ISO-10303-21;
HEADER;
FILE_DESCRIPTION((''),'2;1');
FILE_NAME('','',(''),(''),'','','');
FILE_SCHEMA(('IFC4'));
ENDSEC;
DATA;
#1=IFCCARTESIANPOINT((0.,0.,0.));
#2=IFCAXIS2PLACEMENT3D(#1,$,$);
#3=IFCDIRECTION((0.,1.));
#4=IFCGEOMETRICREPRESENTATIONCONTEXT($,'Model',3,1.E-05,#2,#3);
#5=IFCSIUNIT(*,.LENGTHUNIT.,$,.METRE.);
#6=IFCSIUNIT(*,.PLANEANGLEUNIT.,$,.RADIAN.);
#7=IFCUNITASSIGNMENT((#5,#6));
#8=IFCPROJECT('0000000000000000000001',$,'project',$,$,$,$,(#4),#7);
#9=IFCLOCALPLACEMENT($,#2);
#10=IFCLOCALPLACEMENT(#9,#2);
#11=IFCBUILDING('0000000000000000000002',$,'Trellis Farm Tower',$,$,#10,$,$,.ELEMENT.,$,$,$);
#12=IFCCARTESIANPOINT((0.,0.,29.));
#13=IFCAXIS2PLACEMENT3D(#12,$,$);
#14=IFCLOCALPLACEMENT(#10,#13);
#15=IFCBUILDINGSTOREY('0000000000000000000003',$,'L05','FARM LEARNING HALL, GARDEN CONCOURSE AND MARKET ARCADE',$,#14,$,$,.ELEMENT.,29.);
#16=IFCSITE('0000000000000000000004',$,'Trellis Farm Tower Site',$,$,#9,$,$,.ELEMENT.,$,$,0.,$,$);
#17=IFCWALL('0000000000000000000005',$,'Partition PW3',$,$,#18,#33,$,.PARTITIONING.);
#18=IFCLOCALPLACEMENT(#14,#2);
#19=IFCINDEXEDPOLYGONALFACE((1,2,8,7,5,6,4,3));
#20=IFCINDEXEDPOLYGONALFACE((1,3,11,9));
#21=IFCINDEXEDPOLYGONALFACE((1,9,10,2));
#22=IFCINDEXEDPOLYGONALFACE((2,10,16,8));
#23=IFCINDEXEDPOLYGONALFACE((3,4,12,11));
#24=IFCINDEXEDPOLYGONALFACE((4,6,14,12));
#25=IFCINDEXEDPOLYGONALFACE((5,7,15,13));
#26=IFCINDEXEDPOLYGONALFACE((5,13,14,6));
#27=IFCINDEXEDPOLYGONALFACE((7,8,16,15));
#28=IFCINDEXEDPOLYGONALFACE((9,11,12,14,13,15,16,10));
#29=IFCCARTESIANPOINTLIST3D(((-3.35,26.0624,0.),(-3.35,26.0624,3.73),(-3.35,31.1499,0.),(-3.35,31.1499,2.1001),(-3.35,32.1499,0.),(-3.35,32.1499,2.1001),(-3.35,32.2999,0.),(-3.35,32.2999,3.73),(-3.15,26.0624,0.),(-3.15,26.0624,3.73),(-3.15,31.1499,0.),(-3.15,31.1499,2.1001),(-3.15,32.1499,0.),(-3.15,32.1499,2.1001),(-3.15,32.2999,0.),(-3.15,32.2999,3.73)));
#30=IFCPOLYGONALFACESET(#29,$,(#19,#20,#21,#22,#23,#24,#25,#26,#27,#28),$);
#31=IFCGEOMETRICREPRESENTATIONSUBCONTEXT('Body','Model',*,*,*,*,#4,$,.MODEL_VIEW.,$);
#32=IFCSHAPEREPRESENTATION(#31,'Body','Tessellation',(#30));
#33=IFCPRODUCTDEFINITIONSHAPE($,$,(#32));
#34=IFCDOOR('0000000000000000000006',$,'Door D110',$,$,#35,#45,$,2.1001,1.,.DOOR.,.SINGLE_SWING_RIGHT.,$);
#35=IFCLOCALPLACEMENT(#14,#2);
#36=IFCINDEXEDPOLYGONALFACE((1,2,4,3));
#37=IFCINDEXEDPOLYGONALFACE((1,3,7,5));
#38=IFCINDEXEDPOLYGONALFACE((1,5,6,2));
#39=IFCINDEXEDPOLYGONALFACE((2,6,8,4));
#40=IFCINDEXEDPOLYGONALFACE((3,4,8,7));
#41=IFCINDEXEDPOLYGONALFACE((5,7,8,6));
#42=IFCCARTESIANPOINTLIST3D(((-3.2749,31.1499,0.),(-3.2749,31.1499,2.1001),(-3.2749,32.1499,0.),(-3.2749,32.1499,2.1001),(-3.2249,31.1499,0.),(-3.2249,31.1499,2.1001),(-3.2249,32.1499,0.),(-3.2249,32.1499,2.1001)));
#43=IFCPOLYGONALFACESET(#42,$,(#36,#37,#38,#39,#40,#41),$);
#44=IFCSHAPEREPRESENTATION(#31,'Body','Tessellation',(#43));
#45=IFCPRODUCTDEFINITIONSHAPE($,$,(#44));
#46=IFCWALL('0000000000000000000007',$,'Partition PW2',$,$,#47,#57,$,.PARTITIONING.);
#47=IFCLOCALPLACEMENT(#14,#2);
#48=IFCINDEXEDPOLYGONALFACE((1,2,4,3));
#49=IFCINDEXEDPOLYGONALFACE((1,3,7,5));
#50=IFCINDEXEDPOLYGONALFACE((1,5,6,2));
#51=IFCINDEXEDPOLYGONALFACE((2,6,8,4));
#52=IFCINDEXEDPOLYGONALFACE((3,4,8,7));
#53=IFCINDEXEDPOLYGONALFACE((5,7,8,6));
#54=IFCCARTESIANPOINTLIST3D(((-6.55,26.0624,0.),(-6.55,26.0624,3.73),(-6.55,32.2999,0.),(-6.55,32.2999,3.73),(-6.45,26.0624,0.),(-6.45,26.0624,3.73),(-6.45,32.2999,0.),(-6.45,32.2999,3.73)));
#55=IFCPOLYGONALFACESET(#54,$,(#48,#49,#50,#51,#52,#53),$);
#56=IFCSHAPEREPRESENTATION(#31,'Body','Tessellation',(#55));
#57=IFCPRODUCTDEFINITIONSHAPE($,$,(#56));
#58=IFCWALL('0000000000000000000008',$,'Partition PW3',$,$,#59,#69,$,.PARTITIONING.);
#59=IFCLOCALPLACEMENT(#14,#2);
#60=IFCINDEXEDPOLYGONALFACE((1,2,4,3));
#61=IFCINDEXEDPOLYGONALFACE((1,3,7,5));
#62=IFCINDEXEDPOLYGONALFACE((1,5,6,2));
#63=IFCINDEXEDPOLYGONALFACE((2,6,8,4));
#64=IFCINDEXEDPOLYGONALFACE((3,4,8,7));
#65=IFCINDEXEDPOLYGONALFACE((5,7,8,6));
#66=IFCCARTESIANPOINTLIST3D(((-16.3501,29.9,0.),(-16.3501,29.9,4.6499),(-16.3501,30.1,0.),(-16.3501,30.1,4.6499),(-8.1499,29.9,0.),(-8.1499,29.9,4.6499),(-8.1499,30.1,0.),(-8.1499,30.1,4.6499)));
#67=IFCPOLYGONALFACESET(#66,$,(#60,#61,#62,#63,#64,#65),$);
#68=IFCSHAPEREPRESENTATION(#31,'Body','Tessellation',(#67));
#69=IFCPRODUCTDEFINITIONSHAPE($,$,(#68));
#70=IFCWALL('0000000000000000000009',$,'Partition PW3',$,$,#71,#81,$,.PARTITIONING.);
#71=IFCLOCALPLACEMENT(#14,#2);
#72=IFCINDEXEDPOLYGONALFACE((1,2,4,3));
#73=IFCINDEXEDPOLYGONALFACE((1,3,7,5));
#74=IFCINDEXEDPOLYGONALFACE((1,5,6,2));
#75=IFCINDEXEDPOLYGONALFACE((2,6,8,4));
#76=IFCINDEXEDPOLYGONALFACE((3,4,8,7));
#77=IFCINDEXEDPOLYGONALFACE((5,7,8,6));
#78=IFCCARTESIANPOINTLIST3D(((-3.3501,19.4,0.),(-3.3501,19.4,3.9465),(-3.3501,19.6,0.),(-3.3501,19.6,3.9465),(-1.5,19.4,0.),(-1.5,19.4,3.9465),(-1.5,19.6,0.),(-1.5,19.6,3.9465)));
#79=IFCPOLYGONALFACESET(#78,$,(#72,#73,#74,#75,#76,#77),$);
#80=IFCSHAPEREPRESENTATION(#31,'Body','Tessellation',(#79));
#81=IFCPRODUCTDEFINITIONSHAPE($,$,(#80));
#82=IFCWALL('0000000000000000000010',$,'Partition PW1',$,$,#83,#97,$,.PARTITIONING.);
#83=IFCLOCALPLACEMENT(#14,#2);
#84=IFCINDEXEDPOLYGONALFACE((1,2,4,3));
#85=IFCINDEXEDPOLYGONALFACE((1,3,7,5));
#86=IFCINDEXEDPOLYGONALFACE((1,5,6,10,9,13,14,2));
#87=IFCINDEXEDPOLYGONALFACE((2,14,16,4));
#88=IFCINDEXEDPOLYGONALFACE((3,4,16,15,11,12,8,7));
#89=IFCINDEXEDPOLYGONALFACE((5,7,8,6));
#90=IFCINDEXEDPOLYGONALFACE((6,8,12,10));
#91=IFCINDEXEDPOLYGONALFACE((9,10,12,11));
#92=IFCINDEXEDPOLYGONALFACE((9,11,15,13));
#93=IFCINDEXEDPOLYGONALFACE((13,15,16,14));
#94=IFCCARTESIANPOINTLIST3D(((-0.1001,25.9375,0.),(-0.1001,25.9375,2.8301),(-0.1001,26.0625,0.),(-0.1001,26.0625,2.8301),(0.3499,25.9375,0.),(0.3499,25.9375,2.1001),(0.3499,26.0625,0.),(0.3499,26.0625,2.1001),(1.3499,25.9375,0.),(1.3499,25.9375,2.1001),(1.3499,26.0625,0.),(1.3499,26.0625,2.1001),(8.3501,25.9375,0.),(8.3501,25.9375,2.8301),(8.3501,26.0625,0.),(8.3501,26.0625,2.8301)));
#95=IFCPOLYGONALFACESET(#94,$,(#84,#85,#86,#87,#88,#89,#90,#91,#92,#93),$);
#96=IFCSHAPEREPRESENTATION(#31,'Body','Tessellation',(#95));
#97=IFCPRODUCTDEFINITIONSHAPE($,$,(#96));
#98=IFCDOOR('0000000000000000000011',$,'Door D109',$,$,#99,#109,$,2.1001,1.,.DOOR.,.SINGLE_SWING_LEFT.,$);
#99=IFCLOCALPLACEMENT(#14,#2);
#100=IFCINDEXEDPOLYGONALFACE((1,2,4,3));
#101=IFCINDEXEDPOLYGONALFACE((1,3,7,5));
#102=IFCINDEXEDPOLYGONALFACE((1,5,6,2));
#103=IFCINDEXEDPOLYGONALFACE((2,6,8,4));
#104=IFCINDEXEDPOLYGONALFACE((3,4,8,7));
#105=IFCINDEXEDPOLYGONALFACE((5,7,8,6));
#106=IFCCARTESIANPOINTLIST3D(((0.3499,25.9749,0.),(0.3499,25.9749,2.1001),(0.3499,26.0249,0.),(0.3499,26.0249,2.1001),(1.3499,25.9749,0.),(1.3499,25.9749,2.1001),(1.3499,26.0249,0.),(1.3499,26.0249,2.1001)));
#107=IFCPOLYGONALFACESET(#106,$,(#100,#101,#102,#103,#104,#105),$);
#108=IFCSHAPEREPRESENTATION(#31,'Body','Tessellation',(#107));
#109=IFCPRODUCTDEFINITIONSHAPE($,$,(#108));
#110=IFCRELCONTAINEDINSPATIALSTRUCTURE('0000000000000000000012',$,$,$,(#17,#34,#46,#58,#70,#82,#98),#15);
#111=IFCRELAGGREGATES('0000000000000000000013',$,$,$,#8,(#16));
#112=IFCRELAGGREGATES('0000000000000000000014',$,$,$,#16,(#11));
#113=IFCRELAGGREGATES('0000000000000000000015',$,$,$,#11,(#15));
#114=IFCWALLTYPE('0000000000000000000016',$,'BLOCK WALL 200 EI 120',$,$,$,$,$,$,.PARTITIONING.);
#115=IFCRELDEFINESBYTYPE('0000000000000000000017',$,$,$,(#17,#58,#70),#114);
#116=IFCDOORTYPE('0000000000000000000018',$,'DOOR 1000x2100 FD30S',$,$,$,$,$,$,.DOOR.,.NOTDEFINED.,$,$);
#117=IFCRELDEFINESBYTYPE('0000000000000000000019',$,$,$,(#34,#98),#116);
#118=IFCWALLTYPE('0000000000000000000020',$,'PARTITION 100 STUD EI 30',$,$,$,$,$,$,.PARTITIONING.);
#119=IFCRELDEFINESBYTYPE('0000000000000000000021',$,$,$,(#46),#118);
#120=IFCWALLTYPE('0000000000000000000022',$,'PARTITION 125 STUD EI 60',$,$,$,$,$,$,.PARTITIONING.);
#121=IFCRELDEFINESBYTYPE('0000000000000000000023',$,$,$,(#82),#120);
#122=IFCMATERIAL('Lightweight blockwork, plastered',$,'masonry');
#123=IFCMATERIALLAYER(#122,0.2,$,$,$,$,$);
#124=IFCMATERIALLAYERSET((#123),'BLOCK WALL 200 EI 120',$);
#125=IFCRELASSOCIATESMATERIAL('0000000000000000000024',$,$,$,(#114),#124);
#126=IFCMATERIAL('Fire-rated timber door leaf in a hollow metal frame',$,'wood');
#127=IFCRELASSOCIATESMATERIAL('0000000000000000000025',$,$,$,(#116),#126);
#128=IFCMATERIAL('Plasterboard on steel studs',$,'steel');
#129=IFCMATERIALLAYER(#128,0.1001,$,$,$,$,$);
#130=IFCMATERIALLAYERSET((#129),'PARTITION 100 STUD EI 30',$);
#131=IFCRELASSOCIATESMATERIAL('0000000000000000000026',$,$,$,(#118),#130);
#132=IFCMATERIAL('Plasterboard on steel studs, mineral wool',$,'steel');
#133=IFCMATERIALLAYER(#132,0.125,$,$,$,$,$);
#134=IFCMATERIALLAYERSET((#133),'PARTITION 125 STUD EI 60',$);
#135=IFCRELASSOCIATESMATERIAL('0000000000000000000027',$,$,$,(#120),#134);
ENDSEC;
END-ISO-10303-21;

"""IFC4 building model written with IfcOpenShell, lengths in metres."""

from ifc_helpers import new_model, si_unit, direction, frame, frame_2d, origin, place, context, subcontext, project, spatial, rectangle, extrude, source, transform, mapped, material, layer, layer_set, type_object, element, fill, save


model = new_model("IFC4")

# Units and contexts
model_context = context("Model", 3, precision=1e-05, world=origin(), true_north=direction((0.0, 1.0)))
body_context = subcontext(model_context, "Body", "Model", "MODEL_VIEW")
ifc_project = project(units=[si_unit("LENGTHUNIT", "METRE"), si_unit("PLANEANGLEUNIT", "RADIAN")], contexts=[model_context])

# Site, building, storey
site_placement = place(None, origin())
site = spatial("IfcSite", under=ifc_project, at=site_placement, Name="Trellis Farm Tower Site", CompositionType="ELEMENT", RefElevation=0.0)
building_placement = place(site_placement, origin())
building = spatial("IfcBuilding", under=site, at=building_placement, Name="Trellis Farm Tower", CompositionType="ELEMENT")
storey_placement = place(building_placement, frame((0.0, 0.0, 29.0)))
storey = spatial("IfcBuildingStorey", under=building, at=storey_placement, Name="L05", Description="FARM LEARNING HALL, GARDEN CONCOURSE AND MARKET ARCADE", CompositionType="ELEMENT", Elevation=29.0)

# Shared definitions
ifc_material_1 = material(Name="Lightweight blockwork, plastered", Category="masonry")
ifc_layer_1 = layer(ifc_material_1, 0.2)
ifc_layer_set_1 = layer_set([ifc_layer_1], Name="BLOCK WALL 200 EI 120")
wall_type_1 = type_object("IfcWallType", Name="BLOCK WALL 200 EI 120", PredefinedType="PARTITIONING", material=ifc_layer_set_1)
ifc_material_2 = material(Name="Fire-rated timber door leaf in a hollow metal frame", Category="wood")

# Wall, opening, door
shared_shape_1 = source(origin(), body_context, "Body", "SweptSolid", [
    extrude(rectangle(XDim=6.2375, YDim=0.2, at=frame_2d((3.1187, 0.0))), origin(), (0.0, 0.0, 1.0), 3.73),
])
wall_1_placement = place(storey_placement, frame((-3.25, 26.0625, 0.0), z_axis=(0.0, 0.0, 1.0), x_axis=(0.0, 1.0, 0.0)))
wall_1 = element("IfcWall", 1, at=wall_1_placement, inside=storey, type_object=wall_type_1, Name="Partition PW3", PredefinedType="PARTITIONING", context=body_context, shape_type="MappedRepresentation", body=[
    mapped(shared_shape_1, transform((0.0, 0.0, 0.0))),
])
shared_shape_2 = source(origin(), body_context, "Body", "SweptSolid", [
    extrude(rectangle(XDim=1.0, YDim=2.1001, at=frame_2d((0.5, 1.05))), frame((0.0, 0.1101, 0.0), z_axis=(0.0, -1.0, 0.0), x_axis=(1.0, 0.0, 0.0)), (0.0, 0.0, 1.0), 0.2202),
])
opening_1_placement = place(wall_1_placement, frame((5.0874, 0.0, 0.0)))
opening_1 = element("IfcOpeningElement", 2, at=opening_1_placement, cuts=wall_1, PredefinedType="OPENING", context=body_context, shape_type="MappedRepresentation", body=[
    mapped(shared_shape_2, transform((0.0, 0.0, 0.0))),
])
door_type_1 = type_object("IfcDoorType", Name="DOOR 1000x2100 FD30S", OperationType="NOTDEFINED", PredefinedType="DOOR", material=ifc_material_2)
shared_shape_3 = source(origin(), body_context, "Body", "SweptSolid", [
    extrude(rectangle(XDim=1.0, YDim=2.1001, at=frame_2d((0.5, 1.05))), frame((0.0, 0.0249, 0.0), z_axis=(0.0, -1.0, 0.0), x_axis=(1.0, 0.0, 0.0)), (0.0, 0.0, 1.0), 0.05),
])
door_1_placement = place(opening_1_placement, origin())
door_1 = element("IfcDoor", 3, at=door_1_placement, inside=storey, type_object=door_type_1, Name="Door D110", OperationType="SINGLE_SWING_RIGHT", OverallHeight=2.1001, OverallWidth=1.0, PredefinedType="DOOR", context=body_context, shape_type="MappedRepresentation", body=[
    mapped(shared_shape_3, transform((0.0, 0.0, 0.0))),
])
fill(opening_1, door_1)

# Walls
ifc_material_3 = material(Name="Plasterboard on steel studs", Category="steel")
ifc_layer_2 = layer(ifc_material_3, 0.1001)
ifc_layer_set_2 = layer_set([ifc_layer_2], Name="PARTITION 100 STUD EI 30")
wall_type_2 = type_object("IfcWallType", Name="PARTITION 100 STUD EI 30", PredefinedType="PARTITIONING", material=ifc_layer_set_2)
shared_shape_4 = source(origin(), body_context, "Body", "SweptSolid", [
    extrude(rectangle(XDim=6.2375, YDim=0.1001, at=frame_2d((3.1187, 0.0))), origin(), (0.0, 0.0, 1.0), 3.73),
])
wall_2_placement = place(storey_placement, frame((-6.5, 26.0625, 0.0), z_axis=(0.0, 0.0, 1.0), x_axis=(0.0, 1.0, 0.0)))
element("IfcWall", 4, at=wall_2_placement, inside=storey, type_object=wall_type_2, Name="Partition PW2", PredefinedType="PARTITIONING", context=body_context, shape_type="MappedRepresentation", body=[
    mapped(shared_shape_4, transform((0.0, 0.0, 0.0))),
])
shared_shape_5 = source(origin(), body_context, "Body", "SweptSolid", [
    extrude(rectangle(XDim=8.2002, YDim=0.2, at=frame_2d((4.1001, 0.0))), origin(), (0.0, 0.0, 1.0), 4.6499),
])
wall_3_placement = place(storey_placement, frame((-8.1499, 30.0, 0.0), z_axis=(0.0, 0.0, 1.0), x_axis=(-1.0, 0.0, 0.0)))
element("IfcWall", 5, at=wall_3_placement, inside=storey, type_object=wall_type_1, Name="Partition PW3", PredefinedType="PARTITIONING", context=body_context, shape_type="MappedRepresentation", body=[
    mapped(shared_shape_5, transform((0.0, 0.0, 0.0))),
])
shared_shape_6 = source(origin(), body_context, "Body", "SweptSolid", [
    extrude(rectangle(XDim=1.8501, YDim=0.2, at=frame_2d((0.925, 0.0))), origin(), (0.0, 0.0, 1.0), 3.9465),
])
wall_4_placement = place(storey_placement, frame((-1.5, 19.5, 0.0), z_axis=(0.0, 0.0, 1.0), x_axis=(-1.0, 0.0, 0.0)))
element("IfcWall", 6, at=wall_4_placement, inside=storey, type_object=wall_type_1, Name="Partition PW3", PredefinedType="PARTITIONING", context=body_context, shape_type="MappedRepresentation", body=[
    mapped(shared_shape_6, transform((0.0, 0.0, 0.0))),
])

# Wall, opening, door
ifc_material_4 = material(Name="Plasterboard on steel studs, mineral wool", Category="steel")
ifc_layer_3 = layer(ifc_material_4, 0.125)
ifc_layer_set_3 = layer_set([ifc_layer_3], Name="PARTITION 125 STUD EI 60")
wall_type_3 = type_object("IfcWallType", Name="PARTITION 125 STUD EI 60", PredefinedType="PARTITIONING", material=ifc_layer_set_3)
shared_shape_7 = source(origin(), body_context, "Body", "SweptSolid", [
    extrude(rectangle(XDim=8.4502, YDim=0.125, at=frame_2d((4.2251, 0.0))), origin(), (0.0, 0.0, 1.0), 2.8301),
])
wall_5_placement = place(storey_placement, frame((-0.1001, 26.0, 0.0), z_axis=(0.0, 0.0, 1.0), x_axis=(1.0, 0.0, 0.0)))
wall_5 = element("IfcWall", 7, at=wall_5_placement, inside=storey, type_object=wall_type_3, Name="Partition PW1", PredefinedType="PARTITIONING", context=body_context, shape_type="MappedRepresentation", body=[
    mapped(shared_shape_7, transform((0.0, 0.0, 0.0))),
])
shared_shape_8 = source(origin(), body_context, "Body", "SweptSolid", [
    extrude(rectangle(XDim=1.0, YDim=2.1001, at=frame_2d((0.5, 1.05))), frame((0.0, 0.0725, 0.0), z_axis=(0.0, -1.0, 0.0), x_axis=(1.0, 0.0, 0.0)), (0.0, 0.0, 1.0), 0.145),
])
opening_2_placement = place(wall_5_placement, frame((0.45, 0.0, 0.0)))
opening_2 = element("IfcOpeningElement", 8, at=opening_2_placement, cuts=wall_5, PredefinedType="OPENING", context=body_context, shape_type="MappedRepresentation", body=[
    mapped(shared_shape_8, transform((0.0, 0.0, 0.0))),
])
door_2_placement = place(opening_2_placement, origin())
door_2 = element("IfcDoor", 9, at=door_2_placement, inside=storey, type_object=door_type_1, Name="Door D109", OperationType="SINGLE_SWING_LEFT", OverallHeight=2.1001, OverallWidth=1.0, PredefinedType="DOOR", context=body_context, shape_type="MappedRepresentation", body=[
    mapped(shared_shape_3, transform((0.0, 0.0, 0.0))),
])
fill(opening_2, door_2)

save(model, "model.ifc")
